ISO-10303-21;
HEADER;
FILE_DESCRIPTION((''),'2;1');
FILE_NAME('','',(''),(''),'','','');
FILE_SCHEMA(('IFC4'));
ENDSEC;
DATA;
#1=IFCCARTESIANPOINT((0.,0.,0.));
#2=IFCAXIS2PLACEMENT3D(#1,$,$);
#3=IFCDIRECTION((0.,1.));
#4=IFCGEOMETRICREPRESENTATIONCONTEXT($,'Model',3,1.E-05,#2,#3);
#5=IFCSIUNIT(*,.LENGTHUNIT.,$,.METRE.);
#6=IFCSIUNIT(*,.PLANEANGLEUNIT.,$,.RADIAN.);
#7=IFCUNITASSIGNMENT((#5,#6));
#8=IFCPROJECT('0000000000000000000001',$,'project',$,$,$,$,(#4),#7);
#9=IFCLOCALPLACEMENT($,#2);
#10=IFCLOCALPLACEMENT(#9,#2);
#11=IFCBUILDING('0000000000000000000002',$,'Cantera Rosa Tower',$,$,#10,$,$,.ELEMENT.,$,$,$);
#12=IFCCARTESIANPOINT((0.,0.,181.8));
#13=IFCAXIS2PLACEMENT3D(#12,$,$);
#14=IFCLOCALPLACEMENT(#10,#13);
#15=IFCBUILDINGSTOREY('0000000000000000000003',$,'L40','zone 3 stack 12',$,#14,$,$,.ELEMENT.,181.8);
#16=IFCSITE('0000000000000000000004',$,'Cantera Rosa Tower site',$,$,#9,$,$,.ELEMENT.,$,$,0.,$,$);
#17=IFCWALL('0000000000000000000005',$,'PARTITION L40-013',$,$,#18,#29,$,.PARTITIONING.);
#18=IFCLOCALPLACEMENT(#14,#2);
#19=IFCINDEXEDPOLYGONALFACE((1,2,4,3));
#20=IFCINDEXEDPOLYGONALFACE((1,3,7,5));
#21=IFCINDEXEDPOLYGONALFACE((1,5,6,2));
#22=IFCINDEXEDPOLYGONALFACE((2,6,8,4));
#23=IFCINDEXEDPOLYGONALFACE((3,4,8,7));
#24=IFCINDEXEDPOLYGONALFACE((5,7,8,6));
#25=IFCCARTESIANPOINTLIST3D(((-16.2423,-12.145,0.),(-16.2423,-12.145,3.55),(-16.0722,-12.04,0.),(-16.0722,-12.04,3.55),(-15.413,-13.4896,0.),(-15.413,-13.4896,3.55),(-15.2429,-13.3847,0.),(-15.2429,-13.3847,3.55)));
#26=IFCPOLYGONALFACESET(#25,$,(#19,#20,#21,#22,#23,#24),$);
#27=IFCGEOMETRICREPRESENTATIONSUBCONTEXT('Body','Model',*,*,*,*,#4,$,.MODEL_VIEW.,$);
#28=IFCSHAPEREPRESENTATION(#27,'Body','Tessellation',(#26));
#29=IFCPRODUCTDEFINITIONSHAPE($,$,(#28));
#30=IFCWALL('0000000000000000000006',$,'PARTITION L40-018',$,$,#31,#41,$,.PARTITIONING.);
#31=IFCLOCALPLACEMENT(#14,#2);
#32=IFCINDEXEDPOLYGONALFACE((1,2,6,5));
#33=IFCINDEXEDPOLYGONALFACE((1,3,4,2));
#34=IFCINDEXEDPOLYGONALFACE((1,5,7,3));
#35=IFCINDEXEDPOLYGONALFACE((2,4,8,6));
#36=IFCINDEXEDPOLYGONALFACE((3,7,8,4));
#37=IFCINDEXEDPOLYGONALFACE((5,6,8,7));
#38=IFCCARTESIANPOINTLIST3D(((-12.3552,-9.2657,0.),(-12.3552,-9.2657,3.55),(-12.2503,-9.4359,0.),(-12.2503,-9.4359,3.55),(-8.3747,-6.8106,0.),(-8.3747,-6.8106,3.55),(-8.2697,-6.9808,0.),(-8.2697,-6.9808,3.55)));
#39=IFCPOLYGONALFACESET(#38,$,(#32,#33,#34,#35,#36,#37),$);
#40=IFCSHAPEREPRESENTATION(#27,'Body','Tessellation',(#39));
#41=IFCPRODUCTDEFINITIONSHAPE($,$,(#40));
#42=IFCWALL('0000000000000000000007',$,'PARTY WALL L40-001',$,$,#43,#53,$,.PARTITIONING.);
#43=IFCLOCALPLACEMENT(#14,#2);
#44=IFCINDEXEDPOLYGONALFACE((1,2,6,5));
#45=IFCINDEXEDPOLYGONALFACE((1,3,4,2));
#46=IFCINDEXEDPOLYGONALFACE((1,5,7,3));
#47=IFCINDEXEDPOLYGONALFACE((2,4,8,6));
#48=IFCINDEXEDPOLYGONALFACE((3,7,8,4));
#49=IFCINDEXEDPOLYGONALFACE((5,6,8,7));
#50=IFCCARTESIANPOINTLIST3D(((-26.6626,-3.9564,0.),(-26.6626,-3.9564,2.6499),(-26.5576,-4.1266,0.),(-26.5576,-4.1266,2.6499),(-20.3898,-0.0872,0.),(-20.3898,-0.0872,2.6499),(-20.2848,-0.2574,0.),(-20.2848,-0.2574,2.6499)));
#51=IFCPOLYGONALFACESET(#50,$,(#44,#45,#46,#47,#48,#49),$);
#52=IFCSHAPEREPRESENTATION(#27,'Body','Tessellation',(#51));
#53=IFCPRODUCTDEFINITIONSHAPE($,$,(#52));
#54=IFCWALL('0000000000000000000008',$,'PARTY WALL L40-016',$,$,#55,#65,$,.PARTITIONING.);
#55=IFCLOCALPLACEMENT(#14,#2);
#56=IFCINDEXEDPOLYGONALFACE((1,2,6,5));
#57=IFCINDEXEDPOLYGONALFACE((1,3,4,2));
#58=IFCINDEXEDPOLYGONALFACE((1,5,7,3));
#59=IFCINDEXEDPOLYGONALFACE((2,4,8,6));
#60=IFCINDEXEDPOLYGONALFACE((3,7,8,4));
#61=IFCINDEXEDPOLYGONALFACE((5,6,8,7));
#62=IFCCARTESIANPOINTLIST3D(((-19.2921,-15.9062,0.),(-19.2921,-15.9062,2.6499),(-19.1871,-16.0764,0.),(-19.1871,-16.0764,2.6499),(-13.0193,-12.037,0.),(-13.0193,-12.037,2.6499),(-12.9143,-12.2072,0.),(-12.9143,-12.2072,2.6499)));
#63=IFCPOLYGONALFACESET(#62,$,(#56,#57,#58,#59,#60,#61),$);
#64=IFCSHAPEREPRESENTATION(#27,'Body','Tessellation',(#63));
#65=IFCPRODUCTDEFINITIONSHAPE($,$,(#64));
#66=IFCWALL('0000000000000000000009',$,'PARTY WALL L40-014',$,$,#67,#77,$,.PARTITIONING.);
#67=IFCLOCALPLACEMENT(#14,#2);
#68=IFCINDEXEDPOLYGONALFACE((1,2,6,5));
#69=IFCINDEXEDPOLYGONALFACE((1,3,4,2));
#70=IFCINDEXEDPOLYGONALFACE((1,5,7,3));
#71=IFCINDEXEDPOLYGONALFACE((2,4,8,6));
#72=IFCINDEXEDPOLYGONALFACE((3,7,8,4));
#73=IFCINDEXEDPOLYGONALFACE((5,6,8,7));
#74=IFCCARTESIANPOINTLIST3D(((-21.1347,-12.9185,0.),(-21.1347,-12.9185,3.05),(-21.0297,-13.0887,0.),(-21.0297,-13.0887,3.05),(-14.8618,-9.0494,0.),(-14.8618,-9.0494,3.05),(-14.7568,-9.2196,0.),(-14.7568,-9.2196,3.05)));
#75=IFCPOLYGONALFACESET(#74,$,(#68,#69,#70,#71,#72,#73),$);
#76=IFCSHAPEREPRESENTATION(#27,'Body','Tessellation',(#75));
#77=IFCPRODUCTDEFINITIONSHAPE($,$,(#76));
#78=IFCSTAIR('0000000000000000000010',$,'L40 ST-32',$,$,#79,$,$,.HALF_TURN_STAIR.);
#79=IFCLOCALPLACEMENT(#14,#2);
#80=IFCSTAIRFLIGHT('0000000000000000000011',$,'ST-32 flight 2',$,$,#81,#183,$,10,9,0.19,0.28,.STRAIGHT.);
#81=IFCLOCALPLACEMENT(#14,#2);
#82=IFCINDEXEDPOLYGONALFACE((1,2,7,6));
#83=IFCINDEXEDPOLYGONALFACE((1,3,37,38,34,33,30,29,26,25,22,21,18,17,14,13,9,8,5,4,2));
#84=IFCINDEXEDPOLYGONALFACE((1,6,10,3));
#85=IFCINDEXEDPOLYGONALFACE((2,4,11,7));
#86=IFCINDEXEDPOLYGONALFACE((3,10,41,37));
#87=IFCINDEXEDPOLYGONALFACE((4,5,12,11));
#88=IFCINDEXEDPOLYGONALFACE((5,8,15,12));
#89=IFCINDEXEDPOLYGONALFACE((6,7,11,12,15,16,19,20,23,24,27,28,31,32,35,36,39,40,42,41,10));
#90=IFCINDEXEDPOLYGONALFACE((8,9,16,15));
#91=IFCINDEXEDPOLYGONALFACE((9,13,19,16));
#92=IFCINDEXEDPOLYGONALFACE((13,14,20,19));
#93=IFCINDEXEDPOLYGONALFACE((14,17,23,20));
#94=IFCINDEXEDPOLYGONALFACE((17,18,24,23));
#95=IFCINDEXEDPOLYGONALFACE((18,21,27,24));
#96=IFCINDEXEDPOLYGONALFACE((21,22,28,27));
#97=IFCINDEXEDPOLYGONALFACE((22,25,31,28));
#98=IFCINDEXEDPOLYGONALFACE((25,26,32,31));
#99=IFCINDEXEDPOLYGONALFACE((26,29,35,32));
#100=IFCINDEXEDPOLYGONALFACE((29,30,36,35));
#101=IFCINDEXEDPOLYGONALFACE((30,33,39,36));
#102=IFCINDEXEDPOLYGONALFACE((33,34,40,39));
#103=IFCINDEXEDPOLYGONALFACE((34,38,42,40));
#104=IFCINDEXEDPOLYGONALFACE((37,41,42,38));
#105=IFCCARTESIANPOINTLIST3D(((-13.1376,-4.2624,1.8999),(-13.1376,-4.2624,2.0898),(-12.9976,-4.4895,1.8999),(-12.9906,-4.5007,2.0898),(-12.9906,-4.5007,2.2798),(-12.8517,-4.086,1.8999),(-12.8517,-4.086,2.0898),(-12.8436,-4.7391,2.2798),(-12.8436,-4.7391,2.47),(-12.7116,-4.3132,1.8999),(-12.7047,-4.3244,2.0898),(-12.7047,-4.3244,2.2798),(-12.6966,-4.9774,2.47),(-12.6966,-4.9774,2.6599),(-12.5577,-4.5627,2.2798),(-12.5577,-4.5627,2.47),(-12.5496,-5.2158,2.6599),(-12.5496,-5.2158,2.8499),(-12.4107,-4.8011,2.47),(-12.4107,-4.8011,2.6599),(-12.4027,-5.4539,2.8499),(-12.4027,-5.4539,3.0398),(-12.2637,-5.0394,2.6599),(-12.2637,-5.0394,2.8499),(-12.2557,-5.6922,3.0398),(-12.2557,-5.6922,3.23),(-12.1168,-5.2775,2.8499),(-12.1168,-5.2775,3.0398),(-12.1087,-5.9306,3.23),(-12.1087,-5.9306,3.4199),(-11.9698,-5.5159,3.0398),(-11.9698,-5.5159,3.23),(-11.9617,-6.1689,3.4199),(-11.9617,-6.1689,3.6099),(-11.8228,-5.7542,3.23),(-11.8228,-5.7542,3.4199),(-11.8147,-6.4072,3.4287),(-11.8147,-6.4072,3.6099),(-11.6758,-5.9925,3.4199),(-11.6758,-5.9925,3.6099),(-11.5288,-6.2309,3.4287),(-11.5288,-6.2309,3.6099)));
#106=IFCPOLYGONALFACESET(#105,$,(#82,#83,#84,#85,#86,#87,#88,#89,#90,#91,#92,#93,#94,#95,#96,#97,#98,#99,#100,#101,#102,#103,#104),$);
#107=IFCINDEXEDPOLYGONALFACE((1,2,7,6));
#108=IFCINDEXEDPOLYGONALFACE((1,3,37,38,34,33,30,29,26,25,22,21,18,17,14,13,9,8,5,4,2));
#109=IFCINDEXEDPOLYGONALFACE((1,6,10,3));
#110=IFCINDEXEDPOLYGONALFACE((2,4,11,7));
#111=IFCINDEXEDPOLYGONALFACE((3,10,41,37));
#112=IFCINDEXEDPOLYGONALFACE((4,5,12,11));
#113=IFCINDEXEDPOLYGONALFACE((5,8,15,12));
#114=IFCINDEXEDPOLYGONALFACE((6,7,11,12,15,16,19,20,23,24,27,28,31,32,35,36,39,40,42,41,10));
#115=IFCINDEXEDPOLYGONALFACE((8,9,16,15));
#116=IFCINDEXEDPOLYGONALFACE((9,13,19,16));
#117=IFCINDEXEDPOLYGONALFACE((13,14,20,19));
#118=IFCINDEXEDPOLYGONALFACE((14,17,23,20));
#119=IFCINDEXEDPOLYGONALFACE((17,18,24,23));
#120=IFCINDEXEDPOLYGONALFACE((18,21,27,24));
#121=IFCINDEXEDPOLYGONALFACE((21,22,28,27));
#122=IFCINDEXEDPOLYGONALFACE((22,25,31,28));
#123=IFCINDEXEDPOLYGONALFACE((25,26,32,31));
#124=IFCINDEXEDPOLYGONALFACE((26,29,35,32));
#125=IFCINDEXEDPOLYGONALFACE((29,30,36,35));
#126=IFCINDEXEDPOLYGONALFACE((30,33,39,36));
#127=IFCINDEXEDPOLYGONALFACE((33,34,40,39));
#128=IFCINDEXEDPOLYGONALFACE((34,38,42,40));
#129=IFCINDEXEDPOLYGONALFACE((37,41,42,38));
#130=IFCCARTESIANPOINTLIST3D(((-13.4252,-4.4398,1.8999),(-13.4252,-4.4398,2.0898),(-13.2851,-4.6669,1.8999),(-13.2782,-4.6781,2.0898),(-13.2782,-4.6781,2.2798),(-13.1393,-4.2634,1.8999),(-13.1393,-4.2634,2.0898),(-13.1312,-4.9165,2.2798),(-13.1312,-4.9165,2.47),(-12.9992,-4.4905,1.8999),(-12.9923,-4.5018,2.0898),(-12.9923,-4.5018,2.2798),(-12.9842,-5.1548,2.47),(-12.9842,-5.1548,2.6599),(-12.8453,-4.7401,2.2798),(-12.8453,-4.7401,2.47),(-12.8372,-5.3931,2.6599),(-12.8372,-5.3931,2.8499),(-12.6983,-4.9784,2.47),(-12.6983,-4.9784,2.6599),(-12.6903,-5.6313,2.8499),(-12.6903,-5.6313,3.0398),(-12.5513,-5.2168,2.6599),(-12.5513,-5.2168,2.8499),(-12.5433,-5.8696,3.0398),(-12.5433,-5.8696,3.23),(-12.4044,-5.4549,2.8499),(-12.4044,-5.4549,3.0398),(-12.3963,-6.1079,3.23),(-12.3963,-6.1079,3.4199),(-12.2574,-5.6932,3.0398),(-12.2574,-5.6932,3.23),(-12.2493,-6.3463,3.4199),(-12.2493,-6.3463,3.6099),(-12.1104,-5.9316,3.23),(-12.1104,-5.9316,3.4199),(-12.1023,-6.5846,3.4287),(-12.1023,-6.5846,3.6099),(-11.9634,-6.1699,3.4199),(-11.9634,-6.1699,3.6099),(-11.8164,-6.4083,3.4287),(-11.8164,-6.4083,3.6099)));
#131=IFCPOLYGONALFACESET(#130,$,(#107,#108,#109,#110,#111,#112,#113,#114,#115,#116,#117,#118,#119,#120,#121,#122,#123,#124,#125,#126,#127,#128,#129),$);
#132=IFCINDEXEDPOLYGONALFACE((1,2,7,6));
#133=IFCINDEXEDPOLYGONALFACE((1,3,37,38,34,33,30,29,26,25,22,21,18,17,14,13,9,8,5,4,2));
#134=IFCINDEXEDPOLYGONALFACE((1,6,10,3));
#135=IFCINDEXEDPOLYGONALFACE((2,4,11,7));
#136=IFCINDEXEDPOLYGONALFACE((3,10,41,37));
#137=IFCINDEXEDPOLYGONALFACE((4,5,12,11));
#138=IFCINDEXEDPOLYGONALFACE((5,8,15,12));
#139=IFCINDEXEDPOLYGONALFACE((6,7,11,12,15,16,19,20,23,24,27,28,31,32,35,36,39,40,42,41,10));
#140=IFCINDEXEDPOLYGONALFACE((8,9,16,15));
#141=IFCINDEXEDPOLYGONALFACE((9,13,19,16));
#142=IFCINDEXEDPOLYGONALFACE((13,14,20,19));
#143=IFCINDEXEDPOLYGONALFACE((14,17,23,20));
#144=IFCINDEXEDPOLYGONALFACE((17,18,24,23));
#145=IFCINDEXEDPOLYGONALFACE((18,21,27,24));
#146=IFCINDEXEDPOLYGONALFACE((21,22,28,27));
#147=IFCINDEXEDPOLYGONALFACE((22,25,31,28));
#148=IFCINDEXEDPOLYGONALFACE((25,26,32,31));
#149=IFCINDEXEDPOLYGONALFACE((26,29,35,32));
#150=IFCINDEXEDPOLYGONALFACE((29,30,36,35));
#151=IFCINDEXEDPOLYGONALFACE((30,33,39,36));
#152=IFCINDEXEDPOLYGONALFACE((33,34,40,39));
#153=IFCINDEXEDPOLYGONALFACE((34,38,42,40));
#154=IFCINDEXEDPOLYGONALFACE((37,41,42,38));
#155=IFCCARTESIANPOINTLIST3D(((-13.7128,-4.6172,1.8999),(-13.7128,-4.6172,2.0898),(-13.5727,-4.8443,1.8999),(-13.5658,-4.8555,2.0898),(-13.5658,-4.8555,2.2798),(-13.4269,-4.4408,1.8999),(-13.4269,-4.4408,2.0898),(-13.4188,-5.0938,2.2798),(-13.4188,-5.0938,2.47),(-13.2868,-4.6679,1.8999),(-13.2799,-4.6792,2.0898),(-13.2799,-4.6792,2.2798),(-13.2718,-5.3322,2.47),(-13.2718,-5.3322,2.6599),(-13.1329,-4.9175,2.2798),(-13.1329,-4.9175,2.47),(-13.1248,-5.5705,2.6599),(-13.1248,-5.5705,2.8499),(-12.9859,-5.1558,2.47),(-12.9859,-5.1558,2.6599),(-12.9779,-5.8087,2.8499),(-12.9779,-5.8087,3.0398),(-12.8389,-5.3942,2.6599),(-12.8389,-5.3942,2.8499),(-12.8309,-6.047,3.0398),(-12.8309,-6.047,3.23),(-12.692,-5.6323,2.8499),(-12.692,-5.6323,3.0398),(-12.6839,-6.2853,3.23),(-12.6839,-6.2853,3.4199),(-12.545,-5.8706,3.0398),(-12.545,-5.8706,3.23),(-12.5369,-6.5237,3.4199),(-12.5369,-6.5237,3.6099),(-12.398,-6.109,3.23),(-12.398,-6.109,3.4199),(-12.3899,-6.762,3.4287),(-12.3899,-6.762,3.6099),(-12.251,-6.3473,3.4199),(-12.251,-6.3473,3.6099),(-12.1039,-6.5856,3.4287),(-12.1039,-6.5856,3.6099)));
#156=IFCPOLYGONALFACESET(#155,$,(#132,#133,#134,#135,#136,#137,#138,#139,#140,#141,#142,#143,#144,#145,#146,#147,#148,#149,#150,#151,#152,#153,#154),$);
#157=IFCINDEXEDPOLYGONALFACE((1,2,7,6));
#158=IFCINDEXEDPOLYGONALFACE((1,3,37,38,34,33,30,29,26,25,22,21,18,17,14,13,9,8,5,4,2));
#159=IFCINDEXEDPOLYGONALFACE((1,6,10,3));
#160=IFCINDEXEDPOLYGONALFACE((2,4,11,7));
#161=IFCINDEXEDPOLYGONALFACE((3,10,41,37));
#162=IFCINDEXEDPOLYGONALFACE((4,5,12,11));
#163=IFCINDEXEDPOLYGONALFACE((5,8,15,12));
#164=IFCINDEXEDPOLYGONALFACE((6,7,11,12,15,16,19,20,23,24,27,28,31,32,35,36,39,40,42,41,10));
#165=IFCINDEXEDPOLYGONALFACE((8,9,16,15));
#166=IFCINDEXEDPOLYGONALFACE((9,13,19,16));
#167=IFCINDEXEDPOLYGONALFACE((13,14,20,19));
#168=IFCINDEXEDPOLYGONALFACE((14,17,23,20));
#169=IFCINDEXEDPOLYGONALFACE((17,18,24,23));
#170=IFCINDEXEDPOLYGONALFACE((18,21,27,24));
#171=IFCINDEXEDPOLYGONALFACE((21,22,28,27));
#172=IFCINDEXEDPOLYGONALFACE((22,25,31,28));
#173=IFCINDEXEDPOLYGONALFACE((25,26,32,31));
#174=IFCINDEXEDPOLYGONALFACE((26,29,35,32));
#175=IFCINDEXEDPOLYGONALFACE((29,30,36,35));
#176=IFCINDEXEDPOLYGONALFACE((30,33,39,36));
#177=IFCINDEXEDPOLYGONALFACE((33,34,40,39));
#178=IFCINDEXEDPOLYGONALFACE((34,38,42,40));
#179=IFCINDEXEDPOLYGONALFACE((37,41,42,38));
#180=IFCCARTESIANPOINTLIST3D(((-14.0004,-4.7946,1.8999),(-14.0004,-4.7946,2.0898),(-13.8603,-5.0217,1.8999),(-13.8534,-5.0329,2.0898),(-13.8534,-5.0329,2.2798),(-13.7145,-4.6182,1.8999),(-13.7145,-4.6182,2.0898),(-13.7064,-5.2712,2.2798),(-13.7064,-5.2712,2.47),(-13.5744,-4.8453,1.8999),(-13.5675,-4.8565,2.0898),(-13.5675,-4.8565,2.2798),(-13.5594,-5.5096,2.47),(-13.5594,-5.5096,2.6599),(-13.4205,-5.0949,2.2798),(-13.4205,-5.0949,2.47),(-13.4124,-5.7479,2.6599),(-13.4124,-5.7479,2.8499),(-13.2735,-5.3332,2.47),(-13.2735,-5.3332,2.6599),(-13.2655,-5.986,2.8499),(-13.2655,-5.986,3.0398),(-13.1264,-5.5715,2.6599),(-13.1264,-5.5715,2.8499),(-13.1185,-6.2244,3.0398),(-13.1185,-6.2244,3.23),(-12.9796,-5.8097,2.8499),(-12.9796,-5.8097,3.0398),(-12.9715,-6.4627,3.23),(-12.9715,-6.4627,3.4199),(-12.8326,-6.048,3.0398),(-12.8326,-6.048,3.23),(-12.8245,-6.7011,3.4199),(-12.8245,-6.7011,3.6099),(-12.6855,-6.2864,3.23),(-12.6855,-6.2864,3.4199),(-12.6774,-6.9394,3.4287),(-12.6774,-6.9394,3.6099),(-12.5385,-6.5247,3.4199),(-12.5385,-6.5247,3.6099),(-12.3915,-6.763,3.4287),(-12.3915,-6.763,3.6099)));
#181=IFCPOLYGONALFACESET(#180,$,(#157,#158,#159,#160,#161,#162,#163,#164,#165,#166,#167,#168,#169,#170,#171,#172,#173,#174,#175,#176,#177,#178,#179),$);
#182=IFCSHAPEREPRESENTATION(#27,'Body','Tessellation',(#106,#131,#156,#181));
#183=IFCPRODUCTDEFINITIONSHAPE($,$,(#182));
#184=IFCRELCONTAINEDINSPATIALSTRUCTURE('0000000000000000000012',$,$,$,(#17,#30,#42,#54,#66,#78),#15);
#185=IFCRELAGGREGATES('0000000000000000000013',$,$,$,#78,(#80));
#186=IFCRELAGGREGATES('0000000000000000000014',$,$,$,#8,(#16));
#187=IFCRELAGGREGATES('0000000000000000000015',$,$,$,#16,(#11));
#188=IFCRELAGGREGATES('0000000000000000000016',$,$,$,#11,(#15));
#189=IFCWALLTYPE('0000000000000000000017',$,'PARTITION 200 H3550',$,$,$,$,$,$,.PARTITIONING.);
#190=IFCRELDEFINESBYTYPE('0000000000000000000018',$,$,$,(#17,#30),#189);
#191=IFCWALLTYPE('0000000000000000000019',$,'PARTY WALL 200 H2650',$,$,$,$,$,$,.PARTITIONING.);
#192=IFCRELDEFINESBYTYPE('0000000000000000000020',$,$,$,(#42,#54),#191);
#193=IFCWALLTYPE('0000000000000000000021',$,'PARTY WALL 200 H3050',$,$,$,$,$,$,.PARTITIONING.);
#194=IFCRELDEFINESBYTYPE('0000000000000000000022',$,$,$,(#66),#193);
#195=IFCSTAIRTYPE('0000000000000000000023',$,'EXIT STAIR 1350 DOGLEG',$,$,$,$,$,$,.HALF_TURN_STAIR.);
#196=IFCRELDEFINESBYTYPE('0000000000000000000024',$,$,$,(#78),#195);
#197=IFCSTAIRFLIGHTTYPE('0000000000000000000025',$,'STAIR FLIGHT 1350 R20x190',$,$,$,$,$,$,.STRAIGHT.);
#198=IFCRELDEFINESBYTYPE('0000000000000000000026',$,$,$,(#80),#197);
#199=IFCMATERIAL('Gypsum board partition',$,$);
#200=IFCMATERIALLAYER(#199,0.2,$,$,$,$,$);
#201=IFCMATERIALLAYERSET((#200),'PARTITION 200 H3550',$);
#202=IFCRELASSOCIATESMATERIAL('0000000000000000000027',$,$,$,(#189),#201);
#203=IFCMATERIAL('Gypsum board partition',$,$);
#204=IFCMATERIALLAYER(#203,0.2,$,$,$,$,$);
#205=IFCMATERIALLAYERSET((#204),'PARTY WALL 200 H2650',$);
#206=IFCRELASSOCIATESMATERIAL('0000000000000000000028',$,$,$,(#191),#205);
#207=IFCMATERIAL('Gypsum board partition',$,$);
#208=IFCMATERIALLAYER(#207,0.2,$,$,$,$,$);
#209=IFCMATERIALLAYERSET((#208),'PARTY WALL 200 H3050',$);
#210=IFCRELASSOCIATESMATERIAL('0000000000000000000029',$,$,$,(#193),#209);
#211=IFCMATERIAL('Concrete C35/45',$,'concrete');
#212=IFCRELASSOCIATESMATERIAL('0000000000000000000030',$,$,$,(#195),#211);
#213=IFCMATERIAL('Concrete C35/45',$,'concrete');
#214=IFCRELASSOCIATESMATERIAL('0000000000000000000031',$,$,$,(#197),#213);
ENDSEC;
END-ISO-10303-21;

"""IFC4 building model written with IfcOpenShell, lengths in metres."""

from ifc_helpers import new_model, si_unit, direction, frame, frame_2d, origin, place, context, subcontext, project, spatial, polyline, rectangle, outline, extrude, material, layer, layer_set, type_object, element, aggregate, save


model = new_model("IFC4")

# Units and contexts
model_context = context("Model", 3, precision=1e-05, world=origin(), true_north=direction((0.0, 1.0)))
body_context = subcontext(model_context, "Body", "Model", "MODEL_VIEW")
ifc_project = project(units=[si_unit("LENGTHUNIT", "METRE"), si_unit("PLANEANGLEUNIT", "RADIAN")], contexts=[model_context])

# Site, building, storey
site_placement = place(None, origin())
site = spatial("IfcSite", under=ifc_project, at=site_placement, Name="Cantera Rosa Tower site", CompositionType="ELEMENT", RefElevation=0.0)
building_placement = place(site_placement, origin())
building = spatial("IfcBuilding", under=site, at=building_placement, Name="Cantera Rosa Tower", CompositionType="ELEMENT")
storey_placement = place(building_placement, frame((0.0, 0.0, 181.8)))
storey = spatial("IfcBuildingStorey", under=building, at=storey_placement, Name="L40", Description="zone 3 stack 12", CompositionType="ELEMENT", Elevation=181.8)

# Shared definitions
ifc_material_1 = material(Name="Gypsum board partition")
ifc_layer_1 = layer(ifc_material_1, 0.2)
ifc_layer_set_1 = layer_set([ifc_layer_1], Name="PARTITION 200 H3550")
wall_type_1 = type_object("IfcWallType", Name="PARTITION 200 H3550", PredefinedType="PARTITIONING", material=ifc_layer_set_1)

# Walls
wall_1_placement = place(storey_placement, frame((-15.3279, -13.4373, 0.0), z_axis=(0.0, 0.0, 1.0), x_axis=(-0.524933, 0.851143, 0.0)))
element("IfcWall", 1, at=wall_1_placement, inside=storey, type_object=wall_type_1, Name="PARTITION L40-013", PredefinedType="PARTITIONING", context=body_context, shape_type="SweptSolid", body=[
    extrude(rectangle(XDim=1.5798, YDim=0.2, at=frame_2d((0.79, 0.0))), origin(), (0.0, 0.0, 1.0), 3.55),
])
wall_2_placement = place(storey_placement, frame((-12.3027, -9.3508, 0.0), z_axis=(0.0, 0.0, 1.0), x_axis=(0.851127, 0.524959, 0.0)))
element("IfcWall", 2, at=wall_2_placement, inside=storey, type_object=wall_type_1, Name="PARTITION L40-018", PredefinedType="PARTITIONING", context=body_context, shape_type="SweptSolid", body=[
    extrude(rectangle(XDim=4.6768, YDim=0.2, at=frame_2d((2.3384, 0.0))), origin(), (0.0, 0.0, 1.0), 3.55),
])
ifc_material_2 = material(Name="Gypsum board partition")
ifc_layer_2 = layer(ifc_material_2, 0.2)
ifc_layer_set_2 = layer_set([ifc_layer_2], Name="PARTY WALL 200 H2650")
wall_type_2 = type_object("IfcWallType", Name="PARTY WALL 200 H2650", PredefinedType="PARTITIONING", material=ifc_layer_set_2)
for number, where, z_axis, x_axis, name in (
    (3, (-26.6101, -4.0415, 0.0), (0.0, 0.0, 1.0), (0.851112, 0.524984, 0.0), "PARTY WALL L40-001"),
    (4, (-12.9668, -12.1221, 0.0), (0.0, 0.0, 1.0), (-0.851112, -0.524984, 0.0), "PARTY WALL L40-016"),
):
    element("IfcWall", number, at=place(storey_placement, frame(where, z_axis=z_axis, x_axis=x_axis)), inside=storey, type_object=wall_type_2, Name=name, PredefinedType="PARTITIONING", context=body_context, shape_type="SweptSolid", body=[
        extrude(rectangle(XDim=7.3701, YDim=0.2, at=frame_2d((3.6851, 0.0))), origin(), (0.0, 0.0, 1.0), 2.6499),
    ])
ifc_material_3 = material(Name="Gypsum board partition")
ifc_layer_3 = layer(ifc_material_3, 0.2)
ifc_layer_set_3 = layer_set([ifc_layer_3], Name="PARTY WALL 200 H3050")
wall_type_3 = type_object("IfcWallType", Name="PARTY WALL 200 H3050", PredefinedType="PARTITIONING", material=ifc_layer_set_3)
wall_3_placement = place(storey_placement, frame((-14.8093, -9.1345, 0.0), z_axis=(0.0, 0.0, 1.0), x_axis=(-0.851121, -0.524969, 0.0)))
element("IfcWall", 5, at=wall_3_placement, inside=storey, type_object=wall_type_3, Name="PARTY WALL L40-014", PredefinedType="PARTITIONING", context=body_context, shape_type="SweptSolid", body=[
    extrude(rectangle(XDim=7.3701, YDim=0.2, at=frame_2d((3.6851, 0.0))), origin(), (0.0, 0.0, 1.0), 3.05),
])

# Stair, stair flight
ifc_material_4 = material(Name="Concrete C35/45", Category="concrete")
stair_type = type_object("IfcStairType", Name="EXIT STAIR 1350 DOGLEG", PredefinedType="HALF_TURN_STAIR", material=ifc_material_4)
stair_placement = place(storey_placement, origin())
stair = element("IfcStair", 6, at=stair_placement, inside=storey, type_object=stair_type, Name="L40 ST-32", PredefinedType="HALF_TURN_STAIR")
ifc_material_5 = material(Name="Concrete C35/45", Category="concrete")
stair_flight_type = type_object("IfcStairFlightType", Name="STAIR FLIGHT 1350 R20x190", PredefinedType="STRAIGHT", material=ifc_material_5)
stair_flight_placement = place(storey_placement, frame((-13.4263, -4.4404, 1.8999), z_axis=(0.0, 0.0, 1.0), x_axis=(0.524977, -0.851117, 0.0)))
stair_flight = element("IfcStairFlight", 7, at=stair_flight_placement, type_object=stair_flight_type, Name="ST-32 flight 2", NumberOfRisers=10, NumberOfTreads=9, PredefinedType="STRAIGHT", RiserHeight=0.19, TreadLength=0.28, context=body_context, shape_type="SweptSolid", body=[
    extrude(outline(polyline([(0.0, 0.0), (0.0, 0.1899), (0.28, 0.1899), (0.28, 0.3799), (0.5601, 0.3799), (0.5601, 0.5701), (0.8401, 0.5701), (0.8401, 0.76), (1.1201, 0.76), (1.1201, 0.95), (1.3999, 0.95), (1.3999, 1.1399), (1.6799, 1.1399), (1.6799, 1.3301), (1.96, 1.3301), (1.96, 1.52), (2.24, 1.52), (2.24, 1.71), (2.52, 1.71), (2.52, 1.8999), (2.52, 1.5288), (0.2668, 0.0), (0.0, 0.0)])), frame((0.0, 0.675, 0.0), z_axis=(0.0, -1.0, 0.0), x_axis=(1.0, 0.0, 0.0)), (0.0, 0.0, 1.0), 0.3359),
    extrude(outline(polyline([(0.0, 0.0), (0.0, 0.1899), (0.28, 0.1899), (0.28, 0.3799), (0.5601, 0.3799), (0.5601, 0.5701), (0.8401, 0.5701), (0.8401, 0.76), (1.1201, 0.76), (1.1201, 0.95), (1.3999, 0.95), (1.3999, 1.1399), (1.6799, 1.1399), (1.6799, 1.3301), (1.96, 1.3301), (1.96, 1.52), (2.24, 1.52), (2.24, 1.71), (2.52, 1.71), (2.52, 1.8999), (2.52, 1.5288), (0.2668, 0.0), (0.0, 0.0)])), frame((0.0, 0.3372, 0.0), z_axis=(0.0, -1.0, 0.0), x_axis=(1.0, 0.0, 0.0)), (0.0, 0.0, 1.0), 0.3359),
    extrude(outline(polyline([(0.0, 0.0), (0.0, 0.1899), (0.28, 0.1899), (0.28, 0.3799), (0.5601, 0.3799), (0.5601, 0.5701), (0.8401, 0.5701), (0.8401, 0.76), (1.1201, 0.76), (1.1201, 0.95), (1.3999, 0.95), (1.3999, 1.1399), (1.6799, 1.1399), (1.6799, 1.3301), (1.96, 1.3301), (1.96, 1.52), (2.24, 1.52), (2.24, 1.71), (2.52, 1.71), (2.52, 1.8999), (2.52, 1.5288), (0.2668, 0.0), (0.0, 0.0)])), frame((0.0, -0.0007, 0.0), z_axis=(0.0, -1.0, 0.0), x_axis=(1.0, 0.0, 0.0)), (0.0, 0.0, 1.0), 0.3359),
    extrude(outline(polyline([(0.0, 0.0), (0.0, 0.1899), (0.28, 0.1899), (0.28, 0.3799), (0.5601, 0.3799), (0.5601, 0.5701), (0.8401, 0.5701), (0.8401, 0.76), (1.1201, 0.76), (1.1201, 0.95), (1.3999, 0.95), (1.3999, 1.1399), (1.6799, 1.1399), (1.6799, 1.3301), (1.96, 1.3301), (1.96, 1.52), (2.24, 1.52), (2.24, 1.71), (2.52, 1.71), (2.52, 1.8999), (2.52, 1.5288), (0.2668, 0.0), (0.0, 0.0)])), frame((0.0, -0.3386, 0.0), z_axis=(0.0, -1.0, 0.0), x_axis=(1.0, 0.0, 0.0)), (0.0, 0.0, 1.0), 0.3359),
])
aggregate(stair, [stair_flight])

save(model, "model.ifc")
